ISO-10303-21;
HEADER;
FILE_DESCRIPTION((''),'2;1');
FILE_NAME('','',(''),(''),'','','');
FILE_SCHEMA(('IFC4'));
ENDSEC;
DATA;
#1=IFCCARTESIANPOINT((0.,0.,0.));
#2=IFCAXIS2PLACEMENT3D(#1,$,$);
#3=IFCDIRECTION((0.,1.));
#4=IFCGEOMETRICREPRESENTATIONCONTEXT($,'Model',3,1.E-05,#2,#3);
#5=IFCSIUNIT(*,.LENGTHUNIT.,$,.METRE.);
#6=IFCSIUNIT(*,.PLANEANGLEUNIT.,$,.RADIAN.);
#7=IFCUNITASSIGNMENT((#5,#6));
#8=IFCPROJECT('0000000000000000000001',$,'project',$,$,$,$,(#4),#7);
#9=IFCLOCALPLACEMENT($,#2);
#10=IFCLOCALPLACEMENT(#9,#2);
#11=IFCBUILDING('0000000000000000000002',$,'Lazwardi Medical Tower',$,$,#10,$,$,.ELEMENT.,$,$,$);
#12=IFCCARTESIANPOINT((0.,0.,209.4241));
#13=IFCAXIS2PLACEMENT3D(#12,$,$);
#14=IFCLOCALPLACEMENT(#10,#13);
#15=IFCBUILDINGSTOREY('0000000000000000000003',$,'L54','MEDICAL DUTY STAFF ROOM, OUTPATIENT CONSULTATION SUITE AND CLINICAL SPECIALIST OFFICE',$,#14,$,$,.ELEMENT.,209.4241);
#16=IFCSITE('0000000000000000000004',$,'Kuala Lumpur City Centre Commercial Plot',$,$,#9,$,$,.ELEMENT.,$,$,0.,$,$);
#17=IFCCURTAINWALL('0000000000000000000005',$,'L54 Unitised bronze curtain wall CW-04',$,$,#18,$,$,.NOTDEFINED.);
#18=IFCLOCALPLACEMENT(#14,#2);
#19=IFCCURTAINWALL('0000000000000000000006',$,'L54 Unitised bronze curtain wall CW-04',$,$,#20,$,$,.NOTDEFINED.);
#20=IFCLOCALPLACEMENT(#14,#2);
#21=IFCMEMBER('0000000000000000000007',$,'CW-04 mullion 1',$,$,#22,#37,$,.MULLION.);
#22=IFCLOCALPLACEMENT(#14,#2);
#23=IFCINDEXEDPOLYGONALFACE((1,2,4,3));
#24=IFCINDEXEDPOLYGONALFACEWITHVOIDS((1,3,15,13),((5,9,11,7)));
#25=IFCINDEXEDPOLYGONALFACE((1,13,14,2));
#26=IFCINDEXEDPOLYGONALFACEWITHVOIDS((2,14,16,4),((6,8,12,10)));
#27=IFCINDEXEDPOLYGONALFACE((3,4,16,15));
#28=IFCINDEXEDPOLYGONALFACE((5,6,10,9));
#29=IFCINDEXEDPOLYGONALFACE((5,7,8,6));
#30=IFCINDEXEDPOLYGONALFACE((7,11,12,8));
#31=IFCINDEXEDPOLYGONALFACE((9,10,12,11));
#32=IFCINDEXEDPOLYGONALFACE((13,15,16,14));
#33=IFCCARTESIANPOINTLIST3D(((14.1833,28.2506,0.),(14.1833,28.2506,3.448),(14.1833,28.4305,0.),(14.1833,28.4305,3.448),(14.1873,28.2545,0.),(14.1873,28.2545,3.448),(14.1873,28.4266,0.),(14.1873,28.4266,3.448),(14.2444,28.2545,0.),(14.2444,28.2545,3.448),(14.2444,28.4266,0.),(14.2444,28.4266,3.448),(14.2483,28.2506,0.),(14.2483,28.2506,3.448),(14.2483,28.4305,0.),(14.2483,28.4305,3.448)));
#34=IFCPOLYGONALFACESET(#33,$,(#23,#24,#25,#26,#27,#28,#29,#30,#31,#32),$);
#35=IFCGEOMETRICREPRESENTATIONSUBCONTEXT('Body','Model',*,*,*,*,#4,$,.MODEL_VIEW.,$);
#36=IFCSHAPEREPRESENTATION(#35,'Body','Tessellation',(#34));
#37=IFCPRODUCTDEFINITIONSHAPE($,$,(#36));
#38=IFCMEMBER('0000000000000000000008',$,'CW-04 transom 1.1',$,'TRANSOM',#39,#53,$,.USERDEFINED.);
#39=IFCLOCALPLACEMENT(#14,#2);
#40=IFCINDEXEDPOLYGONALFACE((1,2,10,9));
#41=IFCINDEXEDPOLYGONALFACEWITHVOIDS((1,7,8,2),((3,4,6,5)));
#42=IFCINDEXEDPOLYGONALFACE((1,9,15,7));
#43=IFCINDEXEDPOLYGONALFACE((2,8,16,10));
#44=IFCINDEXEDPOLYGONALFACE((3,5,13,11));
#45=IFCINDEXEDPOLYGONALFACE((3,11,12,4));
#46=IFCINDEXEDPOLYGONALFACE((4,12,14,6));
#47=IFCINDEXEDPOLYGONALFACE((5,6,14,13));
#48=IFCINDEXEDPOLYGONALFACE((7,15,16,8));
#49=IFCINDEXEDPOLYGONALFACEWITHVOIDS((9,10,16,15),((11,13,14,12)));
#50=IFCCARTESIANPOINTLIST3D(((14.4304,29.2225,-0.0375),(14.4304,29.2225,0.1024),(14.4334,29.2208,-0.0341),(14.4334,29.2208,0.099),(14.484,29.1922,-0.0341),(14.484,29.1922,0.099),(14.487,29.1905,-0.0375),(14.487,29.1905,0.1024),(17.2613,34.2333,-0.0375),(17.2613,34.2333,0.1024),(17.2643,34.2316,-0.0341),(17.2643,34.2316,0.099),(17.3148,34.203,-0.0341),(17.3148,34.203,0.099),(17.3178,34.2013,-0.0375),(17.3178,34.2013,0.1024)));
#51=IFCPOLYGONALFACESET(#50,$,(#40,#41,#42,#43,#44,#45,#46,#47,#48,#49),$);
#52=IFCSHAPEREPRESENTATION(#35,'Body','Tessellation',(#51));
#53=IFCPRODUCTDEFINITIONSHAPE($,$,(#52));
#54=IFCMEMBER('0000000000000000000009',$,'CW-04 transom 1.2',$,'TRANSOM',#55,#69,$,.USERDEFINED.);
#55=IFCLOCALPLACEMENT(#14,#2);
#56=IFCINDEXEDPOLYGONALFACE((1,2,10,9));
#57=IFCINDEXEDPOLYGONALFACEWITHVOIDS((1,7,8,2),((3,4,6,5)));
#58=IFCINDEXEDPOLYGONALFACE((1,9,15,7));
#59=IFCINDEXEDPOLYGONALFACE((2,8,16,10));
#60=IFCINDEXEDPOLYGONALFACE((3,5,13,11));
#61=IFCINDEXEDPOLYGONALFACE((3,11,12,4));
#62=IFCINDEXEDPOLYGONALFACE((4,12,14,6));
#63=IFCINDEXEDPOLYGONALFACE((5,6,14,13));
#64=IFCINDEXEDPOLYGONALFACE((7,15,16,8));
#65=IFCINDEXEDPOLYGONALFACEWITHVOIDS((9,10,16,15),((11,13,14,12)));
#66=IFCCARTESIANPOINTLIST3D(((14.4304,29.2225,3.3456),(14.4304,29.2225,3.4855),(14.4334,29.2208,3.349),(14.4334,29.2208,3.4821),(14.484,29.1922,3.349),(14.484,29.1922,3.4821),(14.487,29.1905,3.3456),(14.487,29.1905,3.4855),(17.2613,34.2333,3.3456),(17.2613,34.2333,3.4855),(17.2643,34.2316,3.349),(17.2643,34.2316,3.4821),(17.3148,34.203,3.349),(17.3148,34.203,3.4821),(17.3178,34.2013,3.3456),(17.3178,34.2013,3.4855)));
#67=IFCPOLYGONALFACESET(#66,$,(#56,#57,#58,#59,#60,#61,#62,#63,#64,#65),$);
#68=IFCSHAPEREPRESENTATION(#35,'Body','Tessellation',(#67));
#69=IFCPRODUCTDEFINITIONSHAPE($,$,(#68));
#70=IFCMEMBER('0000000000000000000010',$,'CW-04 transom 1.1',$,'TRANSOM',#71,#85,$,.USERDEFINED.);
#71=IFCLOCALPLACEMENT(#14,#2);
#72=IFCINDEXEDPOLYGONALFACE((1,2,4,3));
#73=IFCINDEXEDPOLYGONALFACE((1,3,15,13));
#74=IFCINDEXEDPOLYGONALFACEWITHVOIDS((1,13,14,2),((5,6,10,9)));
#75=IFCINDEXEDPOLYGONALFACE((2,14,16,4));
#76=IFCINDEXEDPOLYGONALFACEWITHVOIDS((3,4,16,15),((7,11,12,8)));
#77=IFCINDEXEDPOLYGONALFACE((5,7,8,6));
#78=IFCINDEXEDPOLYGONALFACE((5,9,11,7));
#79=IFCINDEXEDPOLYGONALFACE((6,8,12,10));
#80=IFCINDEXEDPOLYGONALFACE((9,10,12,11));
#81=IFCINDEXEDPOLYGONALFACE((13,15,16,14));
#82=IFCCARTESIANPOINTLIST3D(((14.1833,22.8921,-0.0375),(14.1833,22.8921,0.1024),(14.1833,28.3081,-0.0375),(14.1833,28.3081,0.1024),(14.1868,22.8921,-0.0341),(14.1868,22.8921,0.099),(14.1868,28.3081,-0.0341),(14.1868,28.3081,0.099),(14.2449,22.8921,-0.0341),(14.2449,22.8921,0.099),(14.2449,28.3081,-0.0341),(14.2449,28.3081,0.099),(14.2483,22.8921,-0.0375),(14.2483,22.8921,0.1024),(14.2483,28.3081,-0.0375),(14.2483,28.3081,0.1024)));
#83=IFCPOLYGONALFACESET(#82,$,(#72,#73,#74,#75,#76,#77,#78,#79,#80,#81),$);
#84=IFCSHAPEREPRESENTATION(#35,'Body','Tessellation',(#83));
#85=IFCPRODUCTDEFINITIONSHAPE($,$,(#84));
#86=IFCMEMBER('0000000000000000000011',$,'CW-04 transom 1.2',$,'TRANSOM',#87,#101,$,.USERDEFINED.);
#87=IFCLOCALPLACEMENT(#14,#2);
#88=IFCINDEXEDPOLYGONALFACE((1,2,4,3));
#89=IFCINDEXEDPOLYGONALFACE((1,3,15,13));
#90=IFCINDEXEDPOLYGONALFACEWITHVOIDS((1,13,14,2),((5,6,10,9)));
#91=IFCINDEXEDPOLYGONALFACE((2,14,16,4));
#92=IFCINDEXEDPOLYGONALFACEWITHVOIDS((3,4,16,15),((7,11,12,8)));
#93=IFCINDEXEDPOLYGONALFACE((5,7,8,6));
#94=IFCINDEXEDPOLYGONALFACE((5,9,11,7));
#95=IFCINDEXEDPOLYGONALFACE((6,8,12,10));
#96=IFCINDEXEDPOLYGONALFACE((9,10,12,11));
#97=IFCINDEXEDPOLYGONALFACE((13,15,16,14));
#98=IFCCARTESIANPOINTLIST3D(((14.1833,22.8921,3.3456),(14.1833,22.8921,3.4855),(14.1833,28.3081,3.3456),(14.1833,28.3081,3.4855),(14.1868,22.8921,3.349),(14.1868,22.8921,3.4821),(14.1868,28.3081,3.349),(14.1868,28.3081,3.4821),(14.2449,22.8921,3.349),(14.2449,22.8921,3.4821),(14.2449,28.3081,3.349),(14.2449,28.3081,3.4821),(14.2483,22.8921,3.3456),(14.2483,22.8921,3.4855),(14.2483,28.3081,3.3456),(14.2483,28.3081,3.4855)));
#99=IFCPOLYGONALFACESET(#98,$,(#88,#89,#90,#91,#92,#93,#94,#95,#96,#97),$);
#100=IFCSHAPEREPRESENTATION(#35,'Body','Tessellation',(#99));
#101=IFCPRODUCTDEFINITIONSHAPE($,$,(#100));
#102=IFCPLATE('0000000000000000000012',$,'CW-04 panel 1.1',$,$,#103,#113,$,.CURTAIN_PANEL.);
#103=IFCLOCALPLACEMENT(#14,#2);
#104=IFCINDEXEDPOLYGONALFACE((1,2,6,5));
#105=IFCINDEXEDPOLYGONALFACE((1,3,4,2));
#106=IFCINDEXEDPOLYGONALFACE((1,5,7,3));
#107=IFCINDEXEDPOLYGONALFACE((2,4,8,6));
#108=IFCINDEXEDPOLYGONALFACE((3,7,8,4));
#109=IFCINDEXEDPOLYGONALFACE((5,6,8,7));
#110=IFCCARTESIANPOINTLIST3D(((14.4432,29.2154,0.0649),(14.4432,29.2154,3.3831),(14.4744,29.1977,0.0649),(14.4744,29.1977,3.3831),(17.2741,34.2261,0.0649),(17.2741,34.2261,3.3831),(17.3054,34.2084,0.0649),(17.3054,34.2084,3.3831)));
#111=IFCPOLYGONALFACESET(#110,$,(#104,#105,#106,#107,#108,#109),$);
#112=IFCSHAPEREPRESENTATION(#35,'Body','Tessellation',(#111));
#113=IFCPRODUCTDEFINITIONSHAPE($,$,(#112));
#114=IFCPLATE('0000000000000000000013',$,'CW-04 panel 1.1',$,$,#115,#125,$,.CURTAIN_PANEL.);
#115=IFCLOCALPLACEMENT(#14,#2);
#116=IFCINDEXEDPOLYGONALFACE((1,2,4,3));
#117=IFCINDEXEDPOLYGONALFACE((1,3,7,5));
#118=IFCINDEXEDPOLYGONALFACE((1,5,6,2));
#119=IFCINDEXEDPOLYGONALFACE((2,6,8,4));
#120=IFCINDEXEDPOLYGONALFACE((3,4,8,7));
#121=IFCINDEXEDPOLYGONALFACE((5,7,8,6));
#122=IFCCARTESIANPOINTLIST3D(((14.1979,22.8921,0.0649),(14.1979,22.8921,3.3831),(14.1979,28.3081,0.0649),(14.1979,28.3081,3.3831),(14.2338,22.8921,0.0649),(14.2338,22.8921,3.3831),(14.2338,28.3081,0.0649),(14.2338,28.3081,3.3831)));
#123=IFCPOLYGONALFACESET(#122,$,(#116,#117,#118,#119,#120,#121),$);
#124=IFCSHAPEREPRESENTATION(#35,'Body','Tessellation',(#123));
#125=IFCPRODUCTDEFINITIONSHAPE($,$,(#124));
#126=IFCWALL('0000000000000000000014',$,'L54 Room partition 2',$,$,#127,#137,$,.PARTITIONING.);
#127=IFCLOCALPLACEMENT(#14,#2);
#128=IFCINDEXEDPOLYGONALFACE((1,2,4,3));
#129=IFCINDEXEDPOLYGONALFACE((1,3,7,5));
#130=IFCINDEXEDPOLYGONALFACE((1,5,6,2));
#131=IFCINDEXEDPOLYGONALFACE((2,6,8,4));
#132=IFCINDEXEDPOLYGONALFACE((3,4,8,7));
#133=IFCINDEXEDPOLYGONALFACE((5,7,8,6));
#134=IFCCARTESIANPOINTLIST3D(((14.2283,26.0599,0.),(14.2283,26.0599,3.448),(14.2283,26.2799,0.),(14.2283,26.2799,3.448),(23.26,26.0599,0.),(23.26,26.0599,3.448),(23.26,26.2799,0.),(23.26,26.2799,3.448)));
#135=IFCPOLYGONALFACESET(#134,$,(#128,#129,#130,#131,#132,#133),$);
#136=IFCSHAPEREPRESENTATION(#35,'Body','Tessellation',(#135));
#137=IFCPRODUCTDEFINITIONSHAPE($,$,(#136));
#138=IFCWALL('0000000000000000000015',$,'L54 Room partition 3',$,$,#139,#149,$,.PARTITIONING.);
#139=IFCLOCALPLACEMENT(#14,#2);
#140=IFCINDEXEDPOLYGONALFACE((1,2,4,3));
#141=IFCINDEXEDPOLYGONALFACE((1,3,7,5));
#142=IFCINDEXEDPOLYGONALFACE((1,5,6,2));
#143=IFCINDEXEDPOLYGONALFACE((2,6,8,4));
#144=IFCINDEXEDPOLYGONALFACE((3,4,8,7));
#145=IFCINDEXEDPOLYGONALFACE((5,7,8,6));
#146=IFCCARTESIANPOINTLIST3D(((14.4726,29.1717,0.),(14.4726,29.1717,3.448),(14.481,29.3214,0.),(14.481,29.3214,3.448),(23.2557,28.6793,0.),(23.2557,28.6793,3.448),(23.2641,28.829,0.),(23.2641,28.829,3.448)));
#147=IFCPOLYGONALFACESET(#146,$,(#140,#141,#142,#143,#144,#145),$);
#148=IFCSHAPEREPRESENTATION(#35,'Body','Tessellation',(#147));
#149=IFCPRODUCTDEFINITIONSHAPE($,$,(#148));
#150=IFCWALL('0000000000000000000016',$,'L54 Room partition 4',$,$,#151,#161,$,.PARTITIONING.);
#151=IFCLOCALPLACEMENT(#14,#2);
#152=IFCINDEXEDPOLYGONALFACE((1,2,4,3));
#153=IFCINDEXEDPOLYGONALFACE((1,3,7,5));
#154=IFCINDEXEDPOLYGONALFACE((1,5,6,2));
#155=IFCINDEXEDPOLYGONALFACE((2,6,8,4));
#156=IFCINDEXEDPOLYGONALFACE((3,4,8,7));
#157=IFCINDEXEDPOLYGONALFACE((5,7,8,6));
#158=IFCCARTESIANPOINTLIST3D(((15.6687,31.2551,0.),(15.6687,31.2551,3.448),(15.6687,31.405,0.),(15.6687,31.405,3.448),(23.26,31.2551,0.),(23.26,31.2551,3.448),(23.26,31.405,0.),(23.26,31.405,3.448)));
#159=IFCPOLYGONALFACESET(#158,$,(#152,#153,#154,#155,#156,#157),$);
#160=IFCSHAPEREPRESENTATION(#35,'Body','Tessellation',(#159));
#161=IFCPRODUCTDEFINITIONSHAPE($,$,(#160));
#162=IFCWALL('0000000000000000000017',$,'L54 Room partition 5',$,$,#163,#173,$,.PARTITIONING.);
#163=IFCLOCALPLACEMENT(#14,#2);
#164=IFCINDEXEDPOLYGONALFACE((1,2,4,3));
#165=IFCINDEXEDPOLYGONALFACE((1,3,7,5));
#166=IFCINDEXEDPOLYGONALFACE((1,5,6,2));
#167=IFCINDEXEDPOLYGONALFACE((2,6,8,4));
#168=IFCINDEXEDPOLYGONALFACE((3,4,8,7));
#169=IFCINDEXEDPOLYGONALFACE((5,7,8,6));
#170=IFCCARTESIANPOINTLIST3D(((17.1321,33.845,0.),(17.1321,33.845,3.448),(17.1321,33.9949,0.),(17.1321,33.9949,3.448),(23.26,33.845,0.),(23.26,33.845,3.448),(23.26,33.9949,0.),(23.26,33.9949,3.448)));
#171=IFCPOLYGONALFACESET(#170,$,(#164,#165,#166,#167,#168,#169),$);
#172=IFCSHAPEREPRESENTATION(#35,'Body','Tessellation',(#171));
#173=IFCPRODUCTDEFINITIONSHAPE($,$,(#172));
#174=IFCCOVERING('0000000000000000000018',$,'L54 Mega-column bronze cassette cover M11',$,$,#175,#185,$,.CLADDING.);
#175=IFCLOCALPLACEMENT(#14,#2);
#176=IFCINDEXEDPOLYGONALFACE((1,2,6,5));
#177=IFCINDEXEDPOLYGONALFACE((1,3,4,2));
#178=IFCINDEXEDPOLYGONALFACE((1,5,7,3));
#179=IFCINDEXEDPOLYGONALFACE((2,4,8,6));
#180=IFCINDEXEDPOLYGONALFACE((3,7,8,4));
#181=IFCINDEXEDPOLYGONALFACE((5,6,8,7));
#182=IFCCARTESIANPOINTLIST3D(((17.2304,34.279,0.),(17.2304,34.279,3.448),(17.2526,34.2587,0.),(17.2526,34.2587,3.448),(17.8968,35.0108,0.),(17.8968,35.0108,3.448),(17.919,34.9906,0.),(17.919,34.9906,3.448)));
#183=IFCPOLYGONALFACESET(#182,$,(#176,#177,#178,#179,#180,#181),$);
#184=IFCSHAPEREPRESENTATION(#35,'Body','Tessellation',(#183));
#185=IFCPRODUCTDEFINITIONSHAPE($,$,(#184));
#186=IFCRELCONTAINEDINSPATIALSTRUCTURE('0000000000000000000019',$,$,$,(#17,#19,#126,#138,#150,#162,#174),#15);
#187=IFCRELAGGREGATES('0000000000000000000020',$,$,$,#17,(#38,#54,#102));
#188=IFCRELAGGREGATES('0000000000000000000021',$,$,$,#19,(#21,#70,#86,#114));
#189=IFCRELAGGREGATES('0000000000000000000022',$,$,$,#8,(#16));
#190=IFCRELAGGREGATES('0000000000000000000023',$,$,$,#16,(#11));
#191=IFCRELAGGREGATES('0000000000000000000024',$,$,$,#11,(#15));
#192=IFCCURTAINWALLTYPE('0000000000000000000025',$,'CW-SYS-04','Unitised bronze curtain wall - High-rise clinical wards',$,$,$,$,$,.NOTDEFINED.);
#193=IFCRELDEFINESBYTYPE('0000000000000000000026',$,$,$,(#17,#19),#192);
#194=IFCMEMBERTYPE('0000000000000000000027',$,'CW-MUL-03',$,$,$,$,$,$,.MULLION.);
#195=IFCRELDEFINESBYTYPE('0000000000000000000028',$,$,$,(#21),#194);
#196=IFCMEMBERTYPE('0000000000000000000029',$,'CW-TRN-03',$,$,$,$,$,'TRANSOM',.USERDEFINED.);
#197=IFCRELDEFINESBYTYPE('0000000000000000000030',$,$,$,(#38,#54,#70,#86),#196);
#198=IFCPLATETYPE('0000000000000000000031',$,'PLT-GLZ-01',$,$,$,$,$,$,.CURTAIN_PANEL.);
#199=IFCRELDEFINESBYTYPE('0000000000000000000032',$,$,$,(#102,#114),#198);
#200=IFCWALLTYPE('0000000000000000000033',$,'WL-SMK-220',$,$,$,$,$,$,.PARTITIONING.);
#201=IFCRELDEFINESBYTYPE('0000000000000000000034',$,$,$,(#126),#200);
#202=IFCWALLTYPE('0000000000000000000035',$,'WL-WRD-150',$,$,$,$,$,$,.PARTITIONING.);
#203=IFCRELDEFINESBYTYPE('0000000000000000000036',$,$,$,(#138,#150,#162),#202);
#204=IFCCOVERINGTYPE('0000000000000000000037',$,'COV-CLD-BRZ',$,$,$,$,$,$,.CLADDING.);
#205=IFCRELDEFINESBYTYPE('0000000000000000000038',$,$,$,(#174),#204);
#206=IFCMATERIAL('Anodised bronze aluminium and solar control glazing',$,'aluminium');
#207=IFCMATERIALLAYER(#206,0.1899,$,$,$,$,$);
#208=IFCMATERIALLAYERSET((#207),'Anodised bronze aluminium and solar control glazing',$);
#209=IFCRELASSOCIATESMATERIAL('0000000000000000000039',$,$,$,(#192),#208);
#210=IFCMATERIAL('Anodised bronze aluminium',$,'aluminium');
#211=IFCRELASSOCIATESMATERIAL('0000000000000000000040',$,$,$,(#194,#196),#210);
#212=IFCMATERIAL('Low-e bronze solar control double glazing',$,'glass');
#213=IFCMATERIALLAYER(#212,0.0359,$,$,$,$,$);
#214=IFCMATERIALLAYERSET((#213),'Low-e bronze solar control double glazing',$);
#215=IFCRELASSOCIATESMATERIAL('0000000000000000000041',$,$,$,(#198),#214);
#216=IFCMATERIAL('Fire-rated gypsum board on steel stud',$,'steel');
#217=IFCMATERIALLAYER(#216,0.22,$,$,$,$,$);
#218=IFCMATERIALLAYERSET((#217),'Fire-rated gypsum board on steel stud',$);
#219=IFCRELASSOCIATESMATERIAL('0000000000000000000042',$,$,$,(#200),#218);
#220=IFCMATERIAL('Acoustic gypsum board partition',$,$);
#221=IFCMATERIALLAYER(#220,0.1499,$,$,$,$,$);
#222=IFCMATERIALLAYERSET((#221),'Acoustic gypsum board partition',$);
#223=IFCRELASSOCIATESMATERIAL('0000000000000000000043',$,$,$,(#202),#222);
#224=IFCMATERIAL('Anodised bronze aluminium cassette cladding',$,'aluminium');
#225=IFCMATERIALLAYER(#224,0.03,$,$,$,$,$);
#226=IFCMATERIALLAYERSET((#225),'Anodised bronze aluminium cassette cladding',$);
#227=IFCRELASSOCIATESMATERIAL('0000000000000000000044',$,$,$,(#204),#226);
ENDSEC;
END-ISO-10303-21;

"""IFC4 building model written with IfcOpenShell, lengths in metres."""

from ifc_helpers import new_model, si_unit, direction, frame, frame_2d, origin, origin_2d, place, context, subcontext, project, spatial, rectangle, hollow_rectangle, extrude, material, layer, layer_set, material_profile, profile_set, type_object, element, aggregate, save


model = new_model("IFC4")

# Units and contexts
model_context = context("Model", 3, precision=1e-05, world=origin(), true_north=direction((0.0, 1.0)))
body_context = subcontext(model_context, "Body", "Model", "MODEL_VIEW")
ifc_project = project(units=[si_unit("LENGTHUNIT", "METRE"), si_unit("PLANEANGLEUNIT", "RADIAN")], contexts=[model_context])

# Site, building, storey
site_placement = place(None, origin())
site = spatial("IfcSite", under=ifc_project, at=site_placement, Name="Kuala Lumpur City Centre Commercial Plot", CompositionType="ELEMENT", RefElevation=0.0)
building_placement = place(site_placement, origin())
building = spatial("IfcBuilding", under=site, at=building_placement, Name="Lazwardi Medical Tower", CompositionType="ELEMENT")
storey_placement = place(building_placement, frame((0.0, 0.0, 209.4241)))
storey = spatial("IfcBuildingStorey", under=building, at=storey_placement, Name="L54", Description="MEDICAL DUTY STAFF ROOM, OUTPATIENT CONSULTATION SUITE AND CLINICAL SPECIALIST OFFICE", CompositionType="ELEMENT", Elevation=209.4241)

# Curtain wall
ifc_material_1 = material(Name="Anodised bronze aluminium and solar control glazing", Category="aluminium")
ifc_layer_1 = layer(ifc_material_1, 0.1899)
ifc_layer_set_1 = layer_set([ifc_layer_1], Name="Anodised bronze aluminium and solar control glazing")
curtain_wall_type = type_object("IfcCurtainWallType", Name="CW-SYS-04", Description="Unitised bronze curtain wall - High-rise clinical wards", PredefinedType="NOTDEFINED", material=ifc_layer_set_1)
curtain_wall_1_placement = place(storey_placement, origin())
curtain_wall_1 = element("IfcCurtainWall", 1, at=curtain_wall_1_placement, inside=storey, type_object=curtain_wall_type, Name="L54 Unitised bronze curtain wall CW-04", PredefinedType="NOTDEFINED")
ifc_material_2 = material(Name="Anodised bronze aluminium", Category="aluminium")
ifc_material_profile_1 = material_profile(ifc_material_2, hollow_rectangle(XDim=0.0649, YDim=0.1799, WallThickness=0.0039, at=origin_2d()), Name="ALU-MULLION 180x65x4")
ifc_profile_set_1 = profile_set([ifc_material_profile_1], Name="Anodised bronze aluminium")
member_type_1 = type_object("IfcMemberType", Name="CW-MUL-03", PredefinedType="MULLION", material=ifc_profile_set_1)

# Curtain wall, member
curtain_wall_2_placement = place(storey_placement, origin())
curtain_wall_2 = element("IfcCurtainWall", 2, at=curtain_wall_2_placement, inside=storey, type_object=curtain_wall_type, Name="L54 Unitised bronze curtain wall CW-04", PredefinedType="NOTDEFINED")
member_1_placement = place(storey_placement, frame((14.2158, 28.3406, 0.0), z_axis=(0.0, 0.0, 1.0), x_axis=(1.0, 0.0, 0.0)))
member_1 = element("IfcMember", 3, at=member_1_placement, type_object=member_type_1, Name="CW-04 mullion 1", PredefinedType="MULLION", context=body_context, shape_type="SweptSolid", body=[
    extrude(hollow_rectangle(XDim=0.0649, YDim=0.1799, WallThickness=0.0039, at=origin_2d()), origin(), (0.0, 0.0, 1.0), 3.448),
])

# Members
ifc_material_profile_2 = material_profile(ifc_material_2, hollow_rectangle(XDim=0.0649, YDim=0.1399, WallThickness=0.0034, at=origin_2d()), Name="ALU-TRANSOM 140x65x3.5")
ifc_profile_set_2 = profile_set([ifc_material_profile_2], Name="Anodised bronze aluminium")
member_type_2 = type_object("IfcMemberType", Name="CW-TRN-03", ElementType="TRANSOM", PredefinedType="USERDEFINED", material=ifc_profile_set_2)
member_2_placement = place(storey_placement, frame((17.2896, 34.2173, 0.0325), z_axis=(-0.49188, -0.870663, 0.0), x_axis=(0.870663, -0.49188, 0.0)))
member_2 = element("IfcMember", 4, at=member_2_placement, type_object=member_type_2, Name="CW-04 transom 1.1", ObjectType="TRANSOM", PredefinedType="USERDEFINED", context=body_context, shape_type="SweptSolid", body=[
    extrude(hollow_rectangle(XDim=0.0649, YDim=0.1399, WallThickness=0.0034, at=origin_2d()), origin(), (0.0, 0.0, 1.0), 5.7551),
])
member_3_placement = place(storey_placement, frame((17.2896, 34.2173, 3.4155), z_axis=(-0.49188, -0.870663, 0.0), x_axis=(0.870663, -0.49188, 0.0)))
member_3 = element("IfcMember", 5, at=member_3_placement, type_object=member_type_2, Name="CW-04 transom 1.2", ObjectType="TRANSOM", PredefinedType="USERDEFINED", context=body_context, shape_type="SweptSolid", body=[
    extrude(hollow_rectangle(XDim=0.0649, YDim=0.1399, WallThickness=0.0034, at=origin_2d()), origin(), (0.0, 0.0, 1.0), 5.7551),
])
member_4_placement = place(storey_placement, frame((14.2158, 28.3081, 0.0325), z_axis=(0.0, -1.0, 0.0), x_axis=(1.0, 0.0, 0.0)))
member_4 = element("IfcMember", 6, at=member_4_placement, type_object=member_type_2, Name="CW-04 transom 1.1", ObjectType="TRANSOM", PredefinedType="USERDEFINED", context=body_context, shape_type="SweptSolid", body=[
    extrude(hollow_rectangle(XDim=0.0649, YDim=0.1399, WallThickness=0.0034, at=origin_2d()), origin(), (0.0, 0.0, 1.0), 5.416),
])
member_5_placement = place(storey_placement, frame((14.2158, 28.3081, 3.4155), z_axis=(0.0, -1.0, 0.0), x_axis=(1.0, 0.0, 0.0)))
member_5 = element("IfcMember", 7, at=member_5_placement, type_object=member_type_2, Name="CW-04 transom 1.2", ObjectType="TRANSOM", PredefinedType="USERDEFINED", context=body_context, shape_type="SweptSolid", body=[
    extrude(hollow_rectangle(XDim=0.0649, YDim=0.1399, WallThickness=0.0034, at=origin_2d()), origin(), (0.0, 0.0, 1.0), 5.416),
])

# Plates
ifc_material_3 = material(Name="Low-e bronze solar control double glazing", Category="glass")
ifc_layer_2 = layer(ifc_material_3, 0.0359)
ifc_layer_set_2 = layer_set([ifc_layer_2], Name="Low-e bronze solar control double glazing")
plate_type = type_object("IfcPlateType", Name="PLT-GLZ-01", PredefinedType="CURTAIN_PANEL", material=ifc_layer_set_2)
plate_1_placement = place(storey_placement, frame((15.8743, 31.7119, 0.0649), z_axis=(0.0, 0.0, 1.0), x_axis=(-0.4919, -0.870651, 0.0)))
plate_1 = element("IfcPlate", 8, at=plate_1_placement, type_object=plate_type, Name="CW-04 panel 1.1", PredefinedType="CURTAIN_PANEL", context=body_context, shape_type="SweptSolid", body=[
    extrude(rectangle(XDim=5.7551, YDim=0.0359, at=origin_2d()), origin(), (0.0, 0.0, 1.0), 3.3181),
])
aggregate(curtain_wall_1, [member_2, member_3, plate_1])
plate_2_placement = place(storey_placement, frame((14.2158, 25.6001, 0.0649), z_axis=(0.0, 0.0, 1.0), x_axis=(0.0, -1.0, 0.0)))
plate_2 = element("IfcPlate", 9, at=plate_2_placement, type_object=plate_type, Name="CW-04 panel 1.1", PredefinedType="CURTAIN_PANEL", context=body_context, shape_type="SweptSolid", body=[
    extrude(rectangle(XDim=5.416, YDim=0.0359, at=origin_2d()), origin(), (0.0, 0.0, 1.0), 3.3181),
])
aggregate(curtain_wall_2, [member_1, member_4, member_5, plate_2])

# Walls
ifc_material_4 = material(Name="Fire-rated gypsum board on steel stud", Category="steel")
ifc_layer_3 = layer(ifc_material_4, 0.22)
ifc_layer_set_3 = layer_set([ifc_layer_3], Name="Fire-rated gypsum board on steel stud")
wall_type_1 = type_object("IfcWallType", Name="WL-SMK-220", PredefinedType="PARTITIONING", material=ifc_layer_set_3)
wall_1_placement = place(storey_placement, frame((14.2283, 26.1699, 0.0), z_axis=(0.0, 0.0, 1.0), x_axis=(1.0, 0.0, 0.0)))
element("IfcWall", 10, at=wall_1_placement, inside=storey, type_object=wall_type_1, Name="L54 Room partition 2", PredefinedType="PARTITIONING", context=body_context, shape_type="SweptSolid", body=[
    extrude(rectangle(XDim=9.0317, YDim=0.22, at=frame_2d((4.5159, 0.0))), origin(), (0.0, 0.0, 1.0), 3.448),
])
ifc_material_5 = material(Name="Acoustic gypsum board partition")
ifc_layer_4 = layer(ifc_material_5, 0.1499)
ifc_layer_set_4 = layer_set([ifc_layer_4], Name="Acoustic gypsum board partition")
wall_type_2 = type_object("IfcWallType", Name="WL-WRD-150", PredefinedType="PARTITIONING", material=ifc_layer_set_4)
wall_2_placement = place(storey_placement, frame((14.4768, 29.2466, 0.0), z_axis=(0.0, 0.0, 1.0), x_axis=(0.998432, -0.055977, 0.0)))
element("IfcWall", 11, at=wall_2_placement, inside=storey, type_object=wall_type_2, Name="L54 Room partition 3", PredefinedType="PARTITIONING", context=body_context, shape_type="SweptSolid", body=[
    extrude(rectangle(XDim=8.7969, YDim=0.1499, at=frame_2d((4.3984, 0.0))), origin(), (0.0, 0.0, 1.0), 3.448),
])
wall_3_placement = place(storey_placement, frame((15.6687, 31.3301, 0.0), z_axis=(0.0, 0.0, 1.0), x_axis=(1.0, 0.0, 0.0)))
element("IfcWall", 12, at=wall_3_placement, inside=storey, type_object=wall_type_2, Name="L54 Room partition 4", PredefinedType="PARTITIONING", context=body_context, shape_type="SweptSolid", body=[
    extrude(rectangle(XDim=7.5913, YDim=0.1499, at=frame_2d((3.7957, 0.0))), origin(), (0.0, 0.0, 1.0), 3.448),
])
wall_4_placement = place(storey_placement, frame((17.1321, 33.9199, 0.0), z_axis=(0.0, 0.0, 1.0), x_axis=(1.0, 0.0, 0.0)))
element("IfcWall", 13, at=wall_4_placement, inside=storey, type_object=wall_type_2, Name="L54 Room partition 5", PredefinedType="PARTITIONING", context=body_context, shape_type="SweptSolid", body=[
    extrude(rectangle(XDim=6.1279, YDim=0.1499, at=frame_2d((3.064, 0.0))), origin(), (0.0, 0.0, 1.0), 3.448),
])

# Covering
ifc_material_6 = material(Name="Anodised bronze aluminium cassette cladding", Category="aluminium")
ifc_layer_5 = layer(ifc_material_6, 0.03)
ifc_layer_set_5 = layer_set([ifc_layer_5], Name="Anodised bronze aluminium cassette cladding")
covering_type = type_object("IfcCoveringType", Name="COV-CLD-BRZ", PredefinedType="CLADDING", material=ifc_layer_set_5)
covering_1_placement = place(storey_placement, frame((17.5747, 34.6348, 0.0), z_axis=(0.0, 0.0, 1.0), x_axis=(-0.673241, -0.739423, 0.0)))
element("IfcCovering", 14, at=covering_1_placement, inside=storey, type_object=covering_type, Name="L54 Mega-column bronze cassette cover M11", PredefinedType="CLADDING", context=body_context, shape_type="SweptSolid", body=[
    extrude(rectangle(XDim=0.9897, YDim=0.03, at=origin_2d()), origin(), (0.0, 0.0, 1.0), 3.448),
])

save(model, "model.ifc")
